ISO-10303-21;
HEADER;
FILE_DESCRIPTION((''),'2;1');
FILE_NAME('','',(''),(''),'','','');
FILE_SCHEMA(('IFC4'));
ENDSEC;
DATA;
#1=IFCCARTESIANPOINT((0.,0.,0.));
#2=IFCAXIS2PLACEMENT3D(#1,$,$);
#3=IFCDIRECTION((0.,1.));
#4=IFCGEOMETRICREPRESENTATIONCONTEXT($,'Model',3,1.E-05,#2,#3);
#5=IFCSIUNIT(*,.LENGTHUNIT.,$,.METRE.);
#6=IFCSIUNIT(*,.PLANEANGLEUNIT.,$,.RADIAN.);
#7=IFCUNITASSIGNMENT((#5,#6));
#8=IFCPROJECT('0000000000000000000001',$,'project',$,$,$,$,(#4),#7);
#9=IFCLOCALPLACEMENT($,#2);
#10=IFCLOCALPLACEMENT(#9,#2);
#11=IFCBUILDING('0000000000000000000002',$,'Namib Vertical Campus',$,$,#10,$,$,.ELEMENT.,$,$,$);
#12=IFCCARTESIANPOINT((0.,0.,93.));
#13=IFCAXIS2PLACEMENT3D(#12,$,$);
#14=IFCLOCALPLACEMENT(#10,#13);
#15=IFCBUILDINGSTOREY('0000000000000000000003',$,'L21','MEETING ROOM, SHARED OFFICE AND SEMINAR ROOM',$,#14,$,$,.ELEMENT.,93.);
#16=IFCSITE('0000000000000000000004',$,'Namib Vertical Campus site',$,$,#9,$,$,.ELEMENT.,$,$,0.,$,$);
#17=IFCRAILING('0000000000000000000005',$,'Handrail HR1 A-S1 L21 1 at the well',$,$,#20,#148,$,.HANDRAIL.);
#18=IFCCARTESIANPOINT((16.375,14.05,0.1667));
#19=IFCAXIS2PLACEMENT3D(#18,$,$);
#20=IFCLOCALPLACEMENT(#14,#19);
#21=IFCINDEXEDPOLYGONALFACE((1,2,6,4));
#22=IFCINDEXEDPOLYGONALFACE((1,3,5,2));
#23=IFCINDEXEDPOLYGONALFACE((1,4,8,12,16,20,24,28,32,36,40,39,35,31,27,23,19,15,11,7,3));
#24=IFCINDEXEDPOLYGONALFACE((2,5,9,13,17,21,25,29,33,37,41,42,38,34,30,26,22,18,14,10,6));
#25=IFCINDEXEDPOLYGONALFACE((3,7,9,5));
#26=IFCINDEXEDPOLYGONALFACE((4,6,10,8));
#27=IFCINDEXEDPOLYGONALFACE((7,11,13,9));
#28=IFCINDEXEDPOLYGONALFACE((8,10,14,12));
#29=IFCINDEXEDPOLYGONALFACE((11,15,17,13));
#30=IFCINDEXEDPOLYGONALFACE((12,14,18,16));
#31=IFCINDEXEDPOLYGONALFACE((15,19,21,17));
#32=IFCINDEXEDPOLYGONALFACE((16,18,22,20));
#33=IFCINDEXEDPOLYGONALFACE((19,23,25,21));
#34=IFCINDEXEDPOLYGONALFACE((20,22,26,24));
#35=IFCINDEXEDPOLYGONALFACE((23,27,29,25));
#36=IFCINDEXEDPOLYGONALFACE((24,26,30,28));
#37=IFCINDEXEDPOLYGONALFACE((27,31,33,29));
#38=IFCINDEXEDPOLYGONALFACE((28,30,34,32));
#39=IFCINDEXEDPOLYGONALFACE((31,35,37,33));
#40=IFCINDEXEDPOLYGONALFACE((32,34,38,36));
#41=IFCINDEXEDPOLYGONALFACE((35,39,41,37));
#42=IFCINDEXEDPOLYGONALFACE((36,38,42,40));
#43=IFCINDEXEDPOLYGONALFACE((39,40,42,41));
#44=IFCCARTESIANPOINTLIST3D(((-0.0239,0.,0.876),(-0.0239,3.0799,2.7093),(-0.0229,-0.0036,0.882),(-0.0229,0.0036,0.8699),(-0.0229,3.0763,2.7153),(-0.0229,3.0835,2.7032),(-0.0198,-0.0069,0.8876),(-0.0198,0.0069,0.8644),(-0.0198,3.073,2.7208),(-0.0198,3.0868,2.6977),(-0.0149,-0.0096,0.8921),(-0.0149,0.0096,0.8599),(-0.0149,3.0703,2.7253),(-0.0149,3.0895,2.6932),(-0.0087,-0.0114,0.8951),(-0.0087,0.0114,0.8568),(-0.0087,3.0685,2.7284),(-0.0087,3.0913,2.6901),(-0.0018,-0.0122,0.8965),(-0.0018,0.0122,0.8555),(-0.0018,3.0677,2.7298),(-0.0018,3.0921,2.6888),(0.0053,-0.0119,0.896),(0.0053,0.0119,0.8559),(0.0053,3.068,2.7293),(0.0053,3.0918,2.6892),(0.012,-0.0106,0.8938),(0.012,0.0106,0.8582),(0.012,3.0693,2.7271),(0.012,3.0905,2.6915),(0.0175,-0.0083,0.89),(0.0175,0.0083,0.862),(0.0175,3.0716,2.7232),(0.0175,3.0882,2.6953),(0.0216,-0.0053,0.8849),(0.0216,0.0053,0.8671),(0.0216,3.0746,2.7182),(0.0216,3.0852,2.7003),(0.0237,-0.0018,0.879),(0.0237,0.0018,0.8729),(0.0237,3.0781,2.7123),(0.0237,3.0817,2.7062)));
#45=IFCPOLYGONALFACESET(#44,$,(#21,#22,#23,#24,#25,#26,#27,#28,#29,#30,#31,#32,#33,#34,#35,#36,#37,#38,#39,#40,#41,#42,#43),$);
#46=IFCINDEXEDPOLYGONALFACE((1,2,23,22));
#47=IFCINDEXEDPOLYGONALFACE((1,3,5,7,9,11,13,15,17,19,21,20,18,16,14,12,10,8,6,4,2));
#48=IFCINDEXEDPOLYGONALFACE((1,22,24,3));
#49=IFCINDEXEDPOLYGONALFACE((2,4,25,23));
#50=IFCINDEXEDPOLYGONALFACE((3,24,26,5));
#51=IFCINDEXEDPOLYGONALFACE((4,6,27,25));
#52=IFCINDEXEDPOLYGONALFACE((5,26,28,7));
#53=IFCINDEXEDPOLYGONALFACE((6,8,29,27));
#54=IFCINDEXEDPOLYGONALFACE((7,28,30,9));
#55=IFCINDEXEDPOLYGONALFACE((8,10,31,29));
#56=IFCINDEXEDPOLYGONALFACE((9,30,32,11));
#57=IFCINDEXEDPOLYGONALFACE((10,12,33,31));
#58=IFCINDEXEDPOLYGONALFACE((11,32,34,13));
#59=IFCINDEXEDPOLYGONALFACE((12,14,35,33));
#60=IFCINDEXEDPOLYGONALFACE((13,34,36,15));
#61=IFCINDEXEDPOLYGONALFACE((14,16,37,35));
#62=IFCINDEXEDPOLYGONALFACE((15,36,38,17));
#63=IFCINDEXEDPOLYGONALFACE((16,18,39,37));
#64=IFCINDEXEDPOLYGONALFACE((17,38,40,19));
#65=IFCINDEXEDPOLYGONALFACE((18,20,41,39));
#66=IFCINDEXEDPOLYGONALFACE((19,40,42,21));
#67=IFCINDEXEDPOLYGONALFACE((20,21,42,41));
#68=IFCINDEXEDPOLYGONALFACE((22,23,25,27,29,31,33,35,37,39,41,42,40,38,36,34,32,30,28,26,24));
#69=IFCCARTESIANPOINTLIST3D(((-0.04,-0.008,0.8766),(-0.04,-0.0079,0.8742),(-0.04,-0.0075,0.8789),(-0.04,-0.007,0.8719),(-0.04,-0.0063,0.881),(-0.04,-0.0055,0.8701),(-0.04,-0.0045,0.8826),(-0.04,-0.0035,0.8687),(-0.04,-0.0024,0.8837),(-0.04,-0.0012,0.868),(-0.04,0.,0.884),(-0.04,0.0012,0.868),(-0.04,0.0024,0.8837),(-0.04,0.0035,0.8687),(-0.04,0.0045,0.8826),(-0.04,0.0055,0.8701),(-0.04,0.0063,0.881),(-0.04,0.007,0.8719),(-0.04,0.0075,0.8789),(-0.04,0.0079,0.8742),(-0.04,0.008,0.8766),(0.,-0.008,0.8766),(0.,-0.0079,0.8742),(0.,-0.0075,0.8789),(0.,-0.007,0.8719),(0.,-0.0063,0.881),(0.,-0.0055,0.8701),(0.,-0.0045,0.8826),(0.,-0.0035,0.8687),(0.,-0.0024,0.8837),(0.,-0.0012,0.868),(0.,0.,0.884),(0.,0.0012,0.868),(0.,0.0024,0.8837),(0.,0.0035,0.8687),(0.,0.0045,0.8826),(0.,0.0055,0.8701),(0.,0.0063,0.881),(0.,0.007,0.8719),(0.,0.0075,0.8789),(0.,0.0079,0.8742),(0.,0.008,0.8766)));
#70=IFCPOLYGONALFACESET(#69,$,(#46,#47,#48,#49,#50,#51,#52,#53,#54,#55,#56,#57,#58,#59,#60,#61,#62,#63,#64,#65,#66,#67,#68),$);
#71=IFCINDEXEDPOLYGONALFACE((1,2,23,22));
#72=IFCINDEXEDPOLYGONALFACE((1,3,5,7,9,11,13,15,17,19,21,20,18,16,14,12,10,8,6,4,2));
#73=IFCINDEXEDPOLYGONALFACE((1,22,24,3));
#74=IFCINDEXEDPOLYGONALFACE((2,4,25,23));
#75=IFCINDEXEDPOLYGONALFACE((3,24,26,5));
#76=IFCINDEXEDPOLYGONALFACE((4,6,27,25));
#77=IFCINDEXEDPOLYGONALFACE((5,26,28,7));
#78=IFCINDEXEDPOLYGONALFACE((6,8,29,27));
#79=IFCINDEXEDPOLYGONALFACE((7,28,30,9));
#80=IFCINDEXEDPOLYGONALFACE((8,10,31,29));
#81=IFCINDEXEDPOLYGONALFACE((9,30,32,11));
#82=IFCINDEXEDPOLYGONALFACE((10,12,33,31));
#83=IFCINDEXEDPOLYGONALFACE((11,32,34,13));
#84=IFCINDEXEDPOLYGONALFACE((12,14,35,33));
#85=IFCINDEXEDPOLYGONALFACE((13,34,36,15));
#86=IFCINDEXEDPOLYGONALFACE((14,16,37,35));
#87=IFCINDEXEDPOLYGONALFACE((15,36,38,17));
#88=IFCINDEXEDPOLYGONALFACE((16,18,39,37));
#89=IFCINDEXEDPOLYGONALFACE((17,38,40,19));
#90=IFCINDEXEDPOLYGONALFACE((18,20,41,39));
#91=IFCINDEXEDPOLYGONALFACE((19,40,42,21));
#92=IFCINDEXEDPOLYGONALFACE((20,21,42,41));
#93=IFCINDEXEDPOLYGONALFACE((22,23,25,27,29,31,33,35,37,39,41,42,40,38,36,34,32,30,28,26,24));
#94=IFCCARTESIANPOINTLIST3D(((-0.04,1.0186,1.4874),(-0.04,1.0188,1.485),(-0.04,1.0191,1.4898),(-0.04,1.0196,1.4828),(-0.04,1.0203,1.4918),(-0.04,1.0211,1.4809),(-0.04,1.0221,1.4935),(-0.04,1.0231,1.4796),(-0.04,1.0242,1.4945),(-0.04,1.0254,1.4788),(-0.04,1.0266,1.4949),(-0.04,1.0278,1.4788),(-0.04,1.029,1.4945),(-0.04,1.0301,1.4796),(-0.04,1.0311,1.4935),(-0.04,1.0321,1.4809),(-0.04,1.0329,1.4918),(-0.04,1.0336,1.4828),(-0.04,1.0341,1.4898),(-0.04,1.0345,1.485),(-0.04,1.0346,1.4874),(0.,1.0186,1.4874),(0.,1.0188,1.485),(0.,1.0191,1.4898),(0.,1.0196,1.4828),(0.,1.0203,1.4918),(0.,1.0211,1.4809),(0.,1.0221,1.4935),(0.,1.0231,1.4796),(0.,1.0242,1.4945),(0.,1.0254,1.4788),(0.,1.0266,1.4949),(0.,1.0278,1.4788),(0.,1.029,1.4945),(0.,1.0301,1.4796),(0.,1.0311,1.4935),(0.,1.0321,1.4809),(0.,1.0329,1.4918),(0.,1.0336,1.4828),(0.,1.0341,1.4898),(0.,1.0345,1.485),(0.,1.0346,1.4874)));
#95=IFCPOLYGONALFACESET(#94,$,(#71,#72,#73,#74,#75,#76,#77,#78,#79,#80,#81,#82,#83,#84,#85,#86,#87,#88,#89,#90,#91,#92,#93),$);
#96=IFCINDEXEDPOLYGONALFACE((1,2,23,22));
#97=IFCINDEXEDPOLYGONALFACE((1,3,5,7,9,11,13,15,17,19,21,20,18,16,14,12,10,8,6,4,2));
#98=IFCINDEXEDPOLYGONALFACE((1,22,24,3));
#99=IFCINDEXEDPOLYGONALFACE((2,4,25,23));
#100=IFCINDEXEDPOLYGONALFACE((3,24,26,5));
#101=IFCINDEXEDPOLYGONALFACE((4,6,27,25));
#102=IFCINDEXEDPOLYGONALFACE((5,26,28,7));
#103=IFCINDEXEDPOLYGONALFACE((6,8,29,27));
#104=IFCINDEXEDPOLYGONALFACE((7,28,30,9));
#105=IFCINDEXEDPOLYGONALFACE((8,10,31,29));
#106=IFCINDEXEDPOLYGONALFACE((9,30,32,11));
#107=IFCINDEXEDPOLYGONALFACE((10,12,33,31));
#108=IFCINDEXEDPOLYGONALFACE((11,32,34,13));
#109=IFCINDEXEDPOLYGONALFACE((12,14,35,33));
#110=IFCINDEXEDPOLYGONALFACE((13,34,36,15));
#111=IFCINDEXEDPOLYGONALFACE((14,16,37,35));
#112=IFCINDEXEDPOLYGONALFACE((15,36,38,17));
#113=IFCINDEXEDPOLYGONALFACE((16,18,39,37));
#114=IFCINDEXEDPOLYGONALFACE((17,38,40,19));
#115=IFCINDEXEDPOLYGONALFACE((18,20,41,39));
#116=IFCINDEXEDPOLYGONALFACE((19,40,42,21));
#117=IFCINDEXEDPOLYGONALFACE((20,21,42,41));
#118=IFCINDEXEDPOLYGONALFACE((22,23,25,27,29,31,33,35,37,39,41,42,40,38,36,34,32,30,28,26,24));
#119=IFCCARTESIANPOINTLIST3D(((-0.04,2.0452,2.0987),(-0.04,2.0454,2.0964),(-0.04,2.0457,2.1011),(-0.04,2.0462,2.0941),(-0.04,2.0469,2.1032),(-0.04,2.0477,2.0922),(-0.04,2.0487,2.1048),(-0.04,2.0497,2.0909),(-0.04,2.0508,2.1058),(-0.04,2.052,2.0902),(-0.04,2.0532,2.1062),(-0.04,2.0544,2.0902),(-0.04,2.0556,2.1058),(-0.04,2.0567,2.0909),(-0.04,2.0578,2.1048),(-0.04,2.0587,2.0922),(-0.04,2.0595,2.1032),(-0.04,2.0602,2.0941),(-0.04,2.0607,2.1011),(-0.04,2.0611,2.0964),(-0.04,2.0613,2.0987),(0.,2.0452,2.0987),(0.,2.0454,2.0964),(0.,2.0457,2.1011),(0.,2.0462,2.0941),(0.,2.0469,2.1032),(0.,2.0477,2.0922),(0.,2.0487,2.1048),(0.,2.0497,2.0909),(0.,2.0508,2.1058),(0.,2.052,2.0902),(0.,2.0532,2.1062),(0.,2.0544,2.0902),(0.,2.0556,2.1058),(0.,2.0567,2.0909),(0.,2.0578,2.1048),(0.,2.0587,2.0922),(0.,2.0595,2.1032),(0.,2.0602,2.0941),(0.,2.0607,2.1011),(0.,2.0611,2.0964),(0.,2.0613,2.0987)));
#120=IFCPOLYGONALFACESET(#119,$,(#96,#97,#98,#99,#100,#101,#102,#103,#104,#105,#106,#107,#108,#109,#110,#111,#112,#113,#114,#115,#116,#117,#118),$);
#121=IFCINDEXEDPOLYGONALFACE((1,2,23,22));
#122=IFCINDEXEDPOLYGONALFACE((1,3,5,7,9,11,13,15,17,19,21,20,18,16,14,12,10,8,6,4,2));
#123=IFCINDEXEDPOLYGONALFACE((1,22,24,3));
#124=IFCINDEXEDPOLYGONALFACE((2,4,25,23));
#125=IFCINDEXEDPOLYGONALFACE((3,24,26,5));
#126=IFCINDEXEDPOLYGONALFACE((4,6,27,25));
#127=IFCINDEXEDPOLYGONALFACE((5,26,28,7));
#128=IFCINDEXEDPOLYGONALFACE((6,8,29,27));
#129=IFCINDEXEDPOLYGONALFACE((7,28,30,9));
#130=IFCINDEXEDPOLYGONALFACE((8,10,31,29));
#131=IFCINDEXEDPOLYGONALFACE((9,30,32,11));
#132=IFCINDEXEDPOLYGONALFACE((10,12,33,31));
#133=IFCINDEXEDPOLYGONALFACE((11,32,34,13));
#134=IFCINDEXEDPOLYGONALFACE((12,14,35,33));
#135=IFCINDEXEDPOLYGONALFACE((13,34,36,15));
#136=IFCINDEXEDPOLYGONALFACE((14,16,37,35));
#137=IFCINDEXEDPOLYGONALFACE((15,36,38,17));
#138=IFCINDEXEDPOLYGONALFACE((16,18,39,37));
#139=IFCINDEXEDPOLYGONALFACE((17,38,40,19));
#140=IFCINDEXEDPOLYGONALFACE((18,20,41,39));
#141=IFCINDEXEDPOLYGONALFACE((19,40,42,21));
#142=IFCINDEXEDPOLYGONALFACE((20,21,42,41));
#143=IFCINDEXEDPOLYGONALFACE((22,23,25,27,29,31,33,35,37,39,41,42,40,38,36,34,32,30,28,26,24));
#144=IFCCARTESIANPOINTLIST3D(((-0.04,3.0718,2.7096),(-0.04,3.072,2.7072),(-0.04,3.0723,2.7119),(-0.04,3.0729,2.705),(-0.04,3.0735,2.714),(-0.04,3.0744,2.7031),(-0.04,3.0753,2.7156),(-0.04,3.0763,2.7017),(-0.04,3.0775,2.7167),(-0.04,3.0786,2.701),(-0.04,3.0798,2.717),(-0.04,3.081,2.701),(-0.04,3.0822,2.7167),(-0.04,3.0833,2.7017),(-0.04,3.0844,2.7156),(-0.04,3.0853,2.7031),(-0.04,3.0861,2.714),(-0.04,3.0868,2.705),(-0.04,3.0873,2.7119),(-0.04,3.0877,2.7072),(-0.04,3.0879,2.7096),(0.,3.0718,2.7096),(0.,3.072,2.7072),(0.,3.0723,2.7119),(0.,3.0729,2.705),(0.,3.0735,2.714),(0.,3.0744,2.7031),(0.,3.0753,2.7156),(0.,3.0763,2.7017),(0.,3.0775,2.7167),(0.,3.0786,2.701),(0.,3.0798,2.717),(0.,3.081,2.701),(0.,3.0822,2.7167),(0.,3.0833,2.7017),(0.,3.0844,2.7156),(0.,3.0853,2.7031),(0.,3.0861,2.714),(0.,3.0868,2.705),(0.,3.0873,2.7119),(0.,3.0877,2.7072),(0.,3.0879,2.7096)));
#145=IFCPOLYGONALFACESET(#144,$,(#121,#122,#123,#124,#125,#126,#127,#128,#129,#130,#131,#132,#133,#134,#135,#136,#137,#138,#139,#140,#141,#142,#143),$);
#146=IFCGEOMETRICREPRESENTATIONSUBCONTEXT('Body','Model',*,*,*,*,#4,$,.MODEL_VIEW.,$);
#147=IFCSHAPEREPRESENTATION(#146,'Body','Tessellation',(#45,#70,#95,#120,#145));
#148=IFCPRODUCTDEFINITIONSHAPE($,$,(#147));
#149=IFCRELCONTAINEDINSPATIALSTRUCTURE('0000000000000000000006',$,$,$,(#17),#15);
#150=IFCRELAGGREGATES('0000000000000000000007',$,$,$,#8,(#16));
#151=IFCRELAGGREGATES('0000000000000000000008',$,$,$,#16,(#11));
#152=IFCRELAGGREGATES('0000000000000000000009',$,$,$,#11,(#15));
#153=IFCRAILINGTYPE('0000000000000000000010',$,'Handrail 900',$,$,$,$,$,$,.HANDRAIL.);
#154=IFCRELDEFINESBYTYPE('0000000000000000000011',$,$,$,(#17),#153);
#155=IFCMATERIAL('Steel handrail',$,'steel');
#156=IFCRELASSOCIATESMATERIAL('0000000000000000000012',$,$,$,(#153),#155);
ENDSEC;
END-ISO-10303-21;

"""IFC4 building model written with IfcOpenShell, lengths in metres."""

from ifc_helpers import new_model, si_unit, direction, frame, origin, origin_2d, place, context, subcontext, project, spatial, circle, extrude, material, type_object, element, save


model = new_model("IFC4")

# Units and contexts
model_context = context("Model", 3, precision=1e-05, world=origin(), true_north=direction((0.0, 1.0)))
body_context = subcontext(model_context, "Body", "Model", "MODEL_VIEW")
ifc_project = project(units=[si_unit("LENGTHUNIT", "METRE"), si_unit("PLANEANGLEUNIT", "RADIAN")], contexts=[model_context])

# Site, building, storey
site_placement = place(None, origin())
site = spatial("IfcSite", under=ifc_project, at=site_placement, Name="Namib Vertical Campus site", CompositionType="ELEMENT", RefElevation=0.0)
building_placement = place(site_placement, origin())
building = spatial("IfcBuilding", under=site, at=building_placement, Name="Namib Vertical Campus", CompositionType="ELEMENT")
storey_placement = place(building_placement, frame((0.0, 0.0, 93.0)))
storey = spatial("IfcBuildingStorey", under=building, at=storey_placement, Name="L21", Description="MEETING ROOM, SHARED OFFICE AND SEMINAR ROOM", CompositionType="ELEMENT", Elevation=93.0)

# Railing
ifc_material_1 = material(Name="Steel handrail", Category="steel")
railing_type_1 = type_object("IfcRailingType", Name="Handrail 900", PredefinedType="HANDRAIL", material=ifc_material_1)
railing_1_placement = place(storey_placement, frame((16.375, 14.05, 0.1667)))
element("IfcRailing", 1, at=railing_1_placement, inside=storey, type_object=railing_type_1, Name="Handrail HR1 A-S1 L21 1 at the well", PredefinedType="HANDRAIL", context=body_context, shape_type="SweptSolid", body=[
    extrude(circle(Radius=0.0239, at=origin_2d()), frame((0.0, 0.0, 0.876), z_axis=(0.0, 0.859291, 0.511487), x_axis=(-1.0, 0.0, 0.0)), (0.0, 0.0, 1.0), 3.5842),
    extrude(circle(Radius=0.0081, at=origin_2d()), frame((0.0, 0.0, 0.876), z_axis=(-1.0, 0.0, 0.0), x_axis=(0.0, 0.0, 1.0)), (0.0, 0.0, 1.0), 0.04),
    extrude(circle(Radius=0.0081, at=origin_2d()), frame((0.0, 1.0266, 1.4868), z_axis=(-1.0, 0.0, 0.0), x_axis=(0.0, 0.0, 1.0)), (0.0, 0.0, 1.0), 0.04),
    extrude(circle(Radius=0.0081, at=origin_2d()), frame((0.0, 2.0532, 2.0981), z_axis=(-1.0, 0.0, 0.0), x_axis=(0.0, 0.0, 1.0)), (0.0, 0.0, 1.0), 0.04),
    extrude(circle(Radius=0.0081, at=origin_2d()), frame((0.0, 3.0798, 2.709), z_axis=(-1.0, 0.0, 0.0), x_axis=(0.0, 0.0, 1.0)), (0.0, 0.0, 1.0), 0.04),
])

save(model, "model.ifc")
